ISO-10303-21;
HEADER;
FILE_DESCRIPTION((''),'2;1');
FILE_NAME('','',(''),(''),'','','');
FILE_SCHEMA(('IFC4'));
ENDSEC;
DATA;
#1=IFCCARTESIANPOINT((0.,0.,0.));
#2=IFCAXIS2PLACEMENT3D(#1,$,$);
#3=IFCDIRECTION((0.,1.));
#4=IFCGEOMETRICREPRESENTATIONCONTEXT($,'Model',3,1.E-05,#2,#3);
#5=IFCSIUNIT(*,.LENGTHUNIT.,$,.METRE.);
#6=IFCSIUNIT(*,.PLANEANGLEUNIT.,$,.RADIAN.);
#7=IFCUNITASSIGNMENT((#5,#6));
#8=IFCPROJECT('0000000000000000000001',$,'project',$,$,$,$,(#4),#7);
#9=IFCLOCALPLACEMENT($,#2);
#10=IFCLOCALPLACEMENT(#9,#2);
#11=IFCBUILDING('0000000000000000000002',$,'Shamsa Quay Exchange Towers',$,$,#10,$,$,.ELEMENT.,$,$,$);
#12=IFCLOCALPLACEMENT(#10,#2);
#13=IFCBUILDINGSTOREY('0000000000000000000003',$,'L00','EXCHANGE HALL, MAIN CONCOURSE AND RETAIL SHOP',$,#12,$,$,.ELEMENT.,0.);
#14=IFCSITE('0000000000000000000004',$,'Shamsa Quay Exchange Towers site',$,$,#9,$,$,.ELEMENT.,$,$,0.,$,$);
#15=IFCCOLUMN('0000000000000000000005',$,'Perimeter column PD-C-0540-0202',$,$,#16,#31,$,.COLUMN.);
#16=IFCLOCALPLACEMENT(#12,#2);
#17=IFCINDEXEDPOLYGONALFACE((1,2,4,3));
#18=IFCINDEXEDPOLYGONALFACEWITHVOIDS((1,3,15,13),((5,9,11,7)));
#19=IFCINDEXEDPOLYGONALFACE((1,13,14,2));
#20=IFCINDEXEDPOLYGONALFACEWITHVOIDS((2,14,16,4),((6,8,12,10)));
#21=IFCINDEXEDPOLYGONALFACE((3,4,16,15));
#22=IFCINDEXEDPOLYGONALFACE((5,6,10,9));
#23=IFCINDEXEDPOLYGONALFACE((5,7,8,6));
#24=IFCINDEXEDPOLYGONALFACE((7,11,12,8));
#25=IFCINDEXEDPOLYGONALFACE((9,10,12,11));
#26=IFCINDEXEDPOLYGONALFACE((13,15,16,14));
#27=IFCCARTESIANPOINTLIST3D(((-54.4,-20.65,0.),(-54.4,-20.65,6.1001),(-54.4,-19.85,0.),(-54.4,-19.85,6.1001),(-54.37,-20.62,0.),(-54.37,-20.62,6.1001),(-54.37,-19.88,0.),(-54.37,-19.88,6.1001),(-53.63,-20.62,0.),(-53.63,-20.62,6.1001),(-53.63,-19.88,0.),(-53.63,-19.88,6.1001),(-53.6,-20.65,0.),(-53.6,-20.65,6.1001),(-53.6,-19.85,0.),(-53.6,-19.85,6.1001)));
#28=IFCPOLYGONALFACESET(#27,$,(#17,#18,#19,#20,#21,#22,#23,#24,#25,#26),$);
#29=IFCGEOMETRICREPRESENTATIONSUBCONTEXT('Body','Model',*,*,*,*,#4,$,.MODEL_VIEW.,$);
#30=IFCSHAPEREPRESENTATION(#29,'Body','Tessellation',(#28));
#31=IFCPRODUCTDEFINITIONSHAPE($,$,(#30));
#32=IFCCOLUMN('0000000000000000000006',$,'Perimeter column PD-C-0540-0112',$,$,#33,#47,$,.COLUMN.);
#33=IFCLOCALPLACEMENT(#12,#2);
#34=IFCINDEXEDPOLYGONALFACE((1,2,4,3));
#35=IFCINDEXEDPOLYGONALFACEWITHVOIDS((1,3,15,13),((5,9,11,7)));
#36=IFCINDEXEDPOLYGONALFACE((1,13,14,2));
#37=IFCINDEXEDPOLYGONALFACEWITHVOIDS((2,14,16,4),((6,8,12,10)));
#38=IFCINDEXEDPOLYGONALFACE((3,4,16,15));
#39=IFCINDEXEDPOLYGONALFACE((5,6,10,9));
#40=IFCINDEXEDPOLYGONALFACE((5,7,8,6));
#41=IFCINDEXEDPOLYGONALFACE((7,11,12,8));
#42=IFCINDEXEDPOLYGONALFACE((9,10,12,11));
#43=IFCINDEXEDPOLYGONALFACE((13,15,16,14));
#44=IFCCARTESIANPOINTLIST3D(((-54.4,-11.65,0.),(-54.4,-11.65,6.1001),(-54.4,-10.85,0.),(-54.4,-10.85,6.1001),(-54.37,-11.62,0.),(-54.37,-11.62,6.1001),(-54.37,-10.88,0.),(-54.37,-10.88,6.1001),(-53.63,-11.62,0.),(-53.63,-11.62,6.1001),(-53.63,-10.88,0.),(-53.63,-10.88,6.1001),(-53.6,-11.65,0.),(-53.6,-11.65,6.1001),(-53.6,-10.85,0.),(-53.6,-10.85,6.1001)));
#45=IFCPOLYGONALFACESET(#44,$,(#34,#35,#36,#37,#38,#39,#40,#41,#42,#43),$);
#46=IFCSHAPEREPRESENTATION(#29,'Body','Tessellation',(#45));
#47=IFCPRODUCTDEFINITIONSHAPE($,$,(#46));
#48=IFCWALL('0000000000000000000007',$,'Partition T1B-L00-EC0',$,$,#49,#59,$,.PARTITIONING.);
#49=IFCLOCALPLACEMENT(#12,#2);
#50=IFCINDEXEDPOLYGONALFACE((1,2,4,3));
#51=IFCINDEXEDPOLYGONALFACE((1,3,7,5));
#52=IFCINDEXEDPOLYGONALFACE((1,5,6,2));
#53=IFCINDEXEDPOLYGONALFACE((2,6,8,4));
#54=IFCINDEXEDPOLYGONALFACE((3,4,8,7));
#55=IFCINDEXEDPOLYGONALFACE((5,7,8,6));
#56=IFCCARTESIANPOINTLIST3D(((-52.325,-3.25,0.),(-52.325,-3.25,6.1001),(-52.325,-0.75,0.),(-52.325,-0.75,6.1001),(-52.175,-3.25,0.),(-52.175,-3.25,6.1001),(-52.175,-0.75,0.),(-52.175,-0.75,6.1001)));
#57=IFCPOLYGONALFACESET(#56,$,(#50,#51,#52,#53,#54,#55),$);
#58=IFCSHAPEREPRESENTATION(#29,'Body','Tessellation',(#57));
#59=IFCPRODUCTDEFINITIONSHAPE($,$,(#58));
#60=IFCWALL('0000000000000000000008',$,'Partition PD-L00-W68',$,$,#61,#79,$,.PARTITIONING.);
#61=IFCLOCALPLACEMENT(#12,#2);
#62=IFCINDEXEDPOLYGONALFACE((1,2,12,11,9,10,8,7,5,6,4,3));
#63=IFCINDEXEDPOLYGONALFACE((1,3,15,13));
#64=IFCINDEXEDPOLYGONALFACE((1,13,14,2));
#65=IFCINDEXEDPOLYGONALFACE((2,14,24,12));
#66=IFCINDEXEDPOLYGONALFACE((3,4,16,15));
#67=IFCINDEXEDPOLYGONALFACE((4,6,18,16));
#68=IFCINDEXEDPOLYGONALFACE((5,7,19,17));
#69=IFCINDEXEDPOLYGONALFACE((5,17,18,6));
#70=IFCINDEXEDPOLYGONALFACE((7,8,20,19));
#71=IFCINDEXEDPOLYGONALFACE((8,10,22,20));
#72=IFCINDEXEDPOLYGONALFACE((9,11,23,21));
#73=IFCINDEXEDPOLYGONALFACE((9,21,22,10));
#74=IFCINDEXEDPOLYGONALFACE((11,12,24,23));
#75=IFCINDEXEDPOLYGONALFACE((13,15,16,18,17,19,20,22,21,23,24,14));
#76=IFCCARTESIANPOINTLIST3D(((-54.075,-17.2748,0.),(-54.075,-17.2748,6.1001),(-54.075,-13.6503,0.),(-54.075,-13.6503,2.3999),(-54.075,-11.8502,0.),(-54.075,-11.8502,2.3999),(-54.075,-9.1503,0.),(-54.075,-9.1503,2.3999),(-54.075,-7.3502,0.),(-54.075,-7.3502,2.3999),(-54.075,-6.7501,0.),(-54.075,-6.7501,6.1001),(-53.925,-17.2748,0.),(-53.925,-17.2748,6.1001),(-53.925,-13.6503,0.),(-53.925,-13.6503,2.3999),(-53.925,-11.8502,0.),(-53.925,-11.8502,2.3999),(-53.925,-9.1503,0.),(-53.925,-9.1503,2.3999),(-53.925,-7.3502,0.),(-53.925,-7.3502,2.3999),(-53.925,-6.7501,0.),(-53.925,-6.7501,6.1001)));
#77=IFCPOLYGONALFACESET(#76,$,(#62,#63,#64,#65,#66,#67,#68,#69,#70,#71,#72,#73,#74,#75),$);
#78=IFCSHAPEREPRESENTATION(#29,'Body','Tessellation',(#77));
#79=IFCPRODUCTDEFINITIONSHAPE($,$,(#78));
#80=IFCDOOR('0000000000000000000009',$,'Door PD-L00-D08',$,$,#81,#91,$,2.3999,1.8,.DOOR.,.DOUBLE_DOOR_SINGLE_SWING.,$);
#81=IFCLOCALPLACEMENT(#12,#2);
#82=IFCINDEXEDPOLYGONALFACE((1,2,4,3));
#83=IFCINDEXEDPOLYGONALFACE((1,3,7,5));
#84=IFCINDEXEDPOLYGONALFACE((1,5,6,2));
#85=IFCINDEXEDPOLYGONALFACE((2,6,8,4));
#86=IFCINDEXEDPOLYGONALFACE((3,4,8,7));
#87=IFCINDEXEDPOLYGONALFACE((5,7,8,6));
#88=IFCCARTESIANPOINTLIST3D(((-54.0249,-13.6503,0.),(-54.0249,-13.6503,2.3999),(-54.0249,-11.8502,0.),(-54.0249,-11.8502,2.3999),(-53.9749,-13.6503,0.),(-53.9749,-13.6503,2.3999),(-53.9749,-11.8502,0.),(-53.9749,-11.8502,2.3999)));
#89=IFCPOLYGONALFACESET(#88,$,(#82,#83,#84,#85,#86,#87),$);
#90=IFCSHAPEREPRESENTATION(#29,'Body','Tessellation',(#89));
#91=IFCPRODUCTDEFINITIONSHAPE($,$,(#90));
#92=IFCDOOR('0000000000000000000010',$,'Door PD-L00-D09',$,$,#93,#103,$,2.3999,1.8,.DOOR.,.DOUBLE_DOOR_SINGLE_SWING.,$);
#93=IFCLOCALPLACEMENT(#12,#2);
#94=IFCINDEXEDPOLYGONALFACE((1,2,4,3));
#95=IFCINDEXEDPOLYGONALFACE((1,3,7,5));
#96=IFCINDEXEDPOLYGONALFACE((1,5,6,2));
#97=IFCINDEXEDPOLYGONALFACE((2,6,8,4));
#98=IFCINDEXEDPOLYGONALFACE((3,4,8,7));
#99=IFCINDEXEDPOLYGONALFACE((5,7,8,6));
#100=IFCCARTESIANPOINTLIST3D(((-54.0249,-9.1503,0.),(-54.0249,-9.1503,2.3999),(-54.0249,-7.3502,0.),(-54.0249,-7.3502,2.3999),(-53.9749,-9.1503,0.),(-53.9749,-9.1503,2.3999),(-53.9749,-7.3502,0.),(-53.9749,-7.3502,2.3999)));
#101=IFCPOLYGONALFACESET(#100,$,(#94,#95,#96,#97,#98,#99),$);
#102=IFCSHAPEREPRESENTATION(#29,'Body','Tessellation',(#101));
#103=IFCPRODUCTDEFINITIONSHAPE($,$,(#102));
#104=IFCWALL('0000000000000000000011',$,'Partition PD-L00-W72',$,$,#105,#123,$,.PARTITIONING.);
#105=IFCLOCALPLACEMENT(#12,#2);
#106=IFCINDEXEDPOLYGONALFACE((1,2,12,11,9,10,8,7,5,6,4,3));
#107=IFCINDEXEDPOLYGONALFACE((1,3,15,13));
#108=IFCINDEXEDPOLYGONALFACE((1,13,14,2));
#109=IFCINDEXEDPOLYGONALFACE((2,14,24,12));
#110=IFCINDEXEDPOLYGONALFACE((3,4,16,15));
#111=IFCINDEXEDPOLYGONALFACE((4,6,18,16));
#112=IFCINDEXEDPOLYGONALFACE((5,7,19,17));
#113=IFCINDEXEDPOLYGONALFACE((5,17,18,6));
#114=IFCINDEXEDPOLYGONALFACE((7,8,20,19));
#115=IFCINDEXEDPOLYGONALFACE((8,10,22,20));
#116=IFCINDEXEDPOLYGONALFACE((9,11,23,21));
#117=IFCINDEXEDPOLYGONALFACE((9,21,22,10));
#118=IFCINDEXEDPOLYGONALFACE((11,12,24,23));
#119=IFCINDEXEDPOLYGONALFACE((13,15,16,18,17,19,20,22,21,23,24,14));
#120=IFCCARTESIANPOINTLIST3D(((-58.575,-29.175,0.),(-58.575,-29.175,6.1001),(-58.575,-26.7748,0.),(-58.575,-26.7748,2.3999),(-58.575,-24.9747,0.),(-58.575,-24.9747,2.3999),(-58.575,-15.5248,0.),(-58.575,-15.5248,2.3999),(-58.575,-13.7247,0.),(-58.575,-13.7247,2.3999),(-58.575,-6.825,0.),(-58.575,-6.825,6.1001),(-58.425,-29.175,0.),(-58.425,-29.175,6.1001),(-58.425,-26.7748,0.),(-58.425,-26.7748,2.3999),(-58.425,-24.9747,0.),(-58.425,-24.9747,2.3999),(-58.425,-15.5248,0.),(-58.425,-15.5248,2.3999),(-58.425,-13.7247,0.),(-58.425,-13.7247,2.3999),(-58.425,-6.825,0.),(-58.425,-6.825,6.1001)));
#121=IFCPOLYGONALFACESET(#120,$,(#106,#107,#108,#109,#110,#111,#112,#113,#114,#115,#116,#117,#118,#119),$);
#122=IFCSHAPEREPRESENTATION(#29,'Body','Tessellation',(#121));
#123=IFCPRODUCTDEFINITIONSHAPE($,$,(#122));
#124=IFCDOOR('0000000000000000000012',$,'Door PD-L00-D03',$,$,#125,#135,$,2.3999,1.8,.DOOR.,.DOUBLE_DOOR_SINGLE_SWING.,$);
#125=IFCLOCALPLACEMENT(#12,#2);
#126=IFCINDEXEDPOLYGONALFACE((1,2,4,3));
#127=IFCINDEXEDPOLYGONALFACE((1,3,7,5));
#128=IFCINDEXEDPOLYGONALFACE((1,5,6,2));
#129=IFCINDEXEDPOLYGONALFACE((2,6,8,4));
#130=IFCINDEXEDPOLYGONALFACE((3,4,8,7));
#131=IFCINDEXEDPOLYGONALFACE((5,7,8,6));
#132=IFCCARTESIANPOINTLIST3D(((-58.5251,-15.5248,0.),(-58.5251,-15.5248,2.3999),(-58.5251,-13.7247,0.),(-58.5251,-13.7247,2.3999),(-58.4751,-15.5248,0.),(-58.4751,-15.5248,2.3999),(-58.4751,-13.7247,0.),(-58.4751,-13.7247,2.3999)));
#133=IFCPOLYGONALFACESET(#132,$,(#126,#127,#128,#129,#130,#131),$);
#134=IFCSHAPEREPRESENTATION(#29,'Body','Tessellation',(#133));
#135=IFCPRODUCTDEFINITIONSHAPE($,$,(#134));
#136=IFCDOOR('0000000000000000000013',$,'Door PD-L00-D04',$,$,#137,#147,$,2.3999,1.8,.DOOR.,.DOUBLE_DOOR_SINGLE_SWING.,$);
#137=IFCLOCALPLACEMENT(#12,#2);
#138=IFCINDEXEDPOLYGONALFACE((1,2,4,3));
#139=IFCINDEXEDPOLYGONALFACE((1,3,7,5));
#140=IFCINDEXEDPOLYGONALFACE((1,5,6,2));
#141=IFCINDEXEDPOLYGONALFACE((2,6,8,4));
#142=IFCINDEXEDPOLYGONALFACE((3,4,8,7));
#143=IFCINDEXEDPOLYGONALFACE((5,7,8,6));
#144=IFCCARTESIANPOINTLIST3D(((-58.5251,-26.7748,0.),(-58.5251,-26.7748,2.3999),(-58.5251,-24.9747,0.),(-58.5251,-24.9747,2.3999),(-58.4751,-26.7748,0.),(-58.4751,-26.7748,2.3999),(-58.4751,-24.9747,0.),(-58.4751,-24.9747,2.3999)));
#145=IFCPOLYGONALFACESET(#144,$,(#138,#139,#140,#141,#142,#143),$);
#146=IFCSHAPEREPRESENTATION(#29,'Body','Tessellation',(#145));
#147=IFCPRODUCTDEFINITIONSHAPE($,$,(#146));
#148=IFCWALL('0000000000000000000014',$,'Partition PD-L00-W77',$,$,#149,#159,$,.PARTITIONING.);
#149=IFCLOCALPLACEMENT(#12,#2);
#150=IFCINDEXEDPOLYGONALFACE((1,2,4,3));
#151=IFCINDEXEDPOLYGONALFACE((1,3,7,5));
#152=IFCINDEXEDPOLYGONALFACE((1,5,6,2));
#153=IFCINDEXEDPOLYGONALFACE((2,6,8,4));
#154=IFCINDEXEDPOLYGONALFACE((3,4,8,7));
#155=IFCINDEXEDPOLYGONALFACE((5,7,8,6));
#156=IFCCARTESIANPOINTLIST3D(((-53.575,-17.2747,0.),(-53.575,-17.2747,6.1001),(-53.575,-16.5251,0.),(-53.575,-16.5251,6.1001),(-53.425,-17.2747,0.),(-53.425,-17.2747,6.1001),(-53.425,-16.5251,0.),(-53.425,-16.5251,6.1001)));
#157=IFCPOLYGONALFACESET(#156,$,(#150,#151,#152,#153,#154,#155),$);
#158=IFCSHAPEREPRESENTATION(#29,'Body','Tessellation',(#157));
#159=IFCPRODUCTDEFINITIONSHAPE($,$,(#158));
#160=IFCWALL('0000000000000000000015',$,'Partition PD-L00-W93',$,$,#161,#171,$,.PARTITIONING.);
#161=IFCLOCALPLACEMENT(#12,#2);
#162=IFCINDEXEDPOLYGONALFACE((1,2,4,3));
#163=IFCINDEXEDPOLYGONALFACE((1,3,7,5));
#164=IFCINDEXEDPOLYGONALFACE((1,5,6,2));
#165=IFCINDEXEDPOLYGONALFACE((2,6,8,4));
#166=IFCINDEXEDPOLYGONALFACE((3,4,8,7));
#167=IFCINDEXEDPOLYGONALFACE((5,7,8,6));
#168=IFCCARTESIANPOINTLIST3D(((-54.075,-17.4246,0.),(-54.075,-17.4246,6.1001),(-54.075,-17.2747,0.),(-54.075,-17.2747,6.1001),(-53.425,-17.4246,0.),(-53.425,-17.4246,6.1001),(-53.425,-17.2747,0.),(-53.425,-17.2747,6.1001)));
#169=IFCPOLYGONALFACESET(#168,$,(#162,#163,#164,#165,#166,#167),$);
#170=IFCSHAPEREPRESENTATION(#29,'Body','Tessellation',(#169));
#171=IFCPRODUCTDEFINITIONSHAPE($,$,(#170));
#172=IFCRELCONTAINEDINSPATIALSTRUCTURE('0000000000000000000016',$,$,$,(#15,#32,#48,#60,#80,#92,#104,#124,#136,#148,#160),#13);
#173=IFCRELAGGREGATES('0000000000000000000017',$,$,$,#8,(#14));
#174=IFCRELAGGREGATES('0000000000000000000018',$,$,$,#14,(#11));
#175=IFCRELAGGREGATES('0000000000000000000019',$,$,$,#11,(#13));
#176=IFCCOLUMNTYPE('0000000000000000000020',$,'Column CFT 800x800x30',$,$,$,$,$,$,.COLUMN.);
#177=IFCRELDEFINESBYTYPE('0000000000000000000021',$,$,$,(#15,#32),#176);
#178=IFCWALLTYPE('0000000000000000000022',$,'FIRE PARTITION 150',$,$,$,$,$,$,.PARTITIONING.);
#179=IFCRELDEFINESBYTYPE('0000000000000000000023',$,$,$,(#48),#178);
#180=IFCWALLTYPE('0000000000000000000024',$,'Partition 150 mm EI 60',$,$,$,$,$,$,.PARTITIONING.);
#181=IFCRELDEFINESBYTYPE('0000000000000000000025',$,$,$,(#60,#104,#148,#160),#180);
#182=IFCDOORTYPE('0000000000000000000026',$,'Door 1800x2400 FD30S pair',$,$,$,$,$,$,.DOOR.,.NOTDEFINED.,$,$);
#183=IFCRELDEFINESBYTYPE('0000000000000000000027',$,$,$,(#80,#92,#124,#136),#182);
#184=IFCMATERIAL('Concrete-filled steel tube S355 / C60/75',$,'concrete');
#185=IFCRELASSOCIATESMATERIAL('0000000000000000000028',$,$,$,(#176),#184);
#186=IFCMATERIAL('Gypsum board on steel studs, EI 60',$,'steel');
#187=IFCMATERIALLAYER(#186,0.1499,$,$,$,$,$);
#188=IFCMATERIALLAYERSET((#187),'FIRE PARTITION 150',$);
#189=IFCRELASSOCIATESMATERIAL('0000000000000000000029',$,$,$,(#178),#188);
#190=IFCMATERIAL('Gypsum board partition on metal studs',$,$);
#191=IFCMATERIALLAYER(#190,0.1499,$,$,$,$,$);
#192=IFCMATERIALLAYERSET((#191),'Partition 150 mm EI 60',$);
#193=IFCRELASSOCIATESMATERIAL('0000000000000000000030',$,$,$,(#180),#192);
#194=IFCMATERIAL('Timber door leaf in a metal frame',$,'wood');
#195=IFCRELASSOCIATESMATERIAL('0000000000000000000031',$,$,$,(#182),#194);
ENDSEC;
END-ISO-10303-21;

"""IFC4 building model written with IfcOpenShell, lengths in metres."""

from ifc_helpers import new_model, si_unit, direction, frame, frame_2d, origin, origin_2d, place, context, subcontext, project, spatial, rectangle, hollow_rectangle, extrude, material, layer, layer_set, material_profile, profile_set, type_object, element, fill, save


model = new_model("IFC4")

# Units and contexts
model_context = context("Model", 3, precision=1e-05, world=origin(), true_north=direction((0.0, 1.0)))
body_context = subcontext(model_context, "Body", "Model", "MODEL_VIEW")
ifc_project = project(units=[si_unit("LENGTHUNIT", "METRE"), si_unit("PLANEANGLEUNIT", "RADIAN")], contexts=[model_context])

# Site, building, storey
site_placement = place(None, origin())
site = spatial("IfcSite", under=ifc_project, at=site_placement, Name="Shamsa Quay Exchange Towers site", CompositionType="ELEMENT", RefElevation=0.0)
building_placement = place(site_placement, origin())
building = spatial("IfcBuilding", under=site, at=building_placement, Name="Shamsa Quay Exchange Towers", CompositionType="ELEMENT")
storey_placement = place(building_placement, origin())
storey = spatial("IfcBuildingStorey", under=building, at=storey_placement, Name="L00", Description="EXCHANGE HALL, MAIN CONCOURSE AND RETAIL SHOP", CompositionType="ELEMENT", Elevation=0.0)

# Columns
ifc_material_1 = material(Name="Concrete-filled steel tube S355 / C60/75", Category="concrete")
ifc_material_profile_1 = material_profile(ifc_material_1, hollow_rectangle(XDim=0.8, YDim=0.8, WallThickness=0.03, at=origin_2d()), Name="CFT 800x800x30")
ifc_profile_set_1 = profile_set([ifc_material_profile_1], Name="Concrete-filled steel tube S355 / C60/75")
column_type_1 = type_object("IfcColumnType", Name="Column CFT 800x800x30", PredefinedType="COLUMN", material=ifc_profile_set_1)
for number, where, name in (
    (1, (-54.0, -20.25, 0.0), "Perimeter column PD-C-0540-0202"),
    (2, (-54.0, -11.25, 0.0), "Perimeter column PD-C-0540-0112"),
):
    element("IfcColumn", number, at=place(storey_placement, frame(where)), inside=storey, type_object=column_type_1, Name=name, PredefinedType="COLUMN", context=body_context, shape_type="SweptSolid", body=[
        extrude(hollow_rectangle(XDim=0.8, YDim=0.8, WallThickness=0.03, at=origin_2d()), origin(), (0.0, 0.0, 1.0), 6.1001),
    ])

# Wall
ifc_material_2 = material(Name="Gypsum board on steel studs, EI 60", Category="steel")
ifc_layer_1 = layer(ifc_material_2, 0.1499)
ifc_layer_set_1 = layer_set([ifc_layer_1], Name="FIRE PARTITION 150")
wall_type_1 = type_object("IfcWallType", Name="FIRE PARTITION 150", PredefinedType="PARTITIONING", material=ifc_layer_set_1)
wall_1_placement = place(storey_placement, frame((-52.25, -3.25, 0.0), z_axis=(0.0, 0.0, 1.0), x_axis=(0.0, 1.0, 0.0)))
element("IfcWall", 3, at=wall_1_placement, inside=storey, type_object=wall_type_1, Name="Partition T1B-L00-EC0", PredefinedType="PARTITIONING", context=body_context, shape_type="SweptSolid", body=[
    extrude(rectangle(XDim=2.5, YDim=0.1499, at=frame_2d((1.25, 0.0))), origin(), (0.0, 0.0, 1.0), 6.1001),
])

# Walls, openings, doors
ifc_material_3 = material(Name="Gypsum board partition on metal studs")
ifc_layer_2 = layer(ifc_material_3, 0.1499)
ifc_layer_set_2 = layer_set([ifc_layer_2], Name="Partition 150 mm EI 60")
wall_type_2 = type_object("IfcWallType", Name="Partition 150 mm EI 60", PredefinedType="PARTITIONING", material=ifc_layer_set_2)
wall_2_placement = place(storey_placement, frame((-54.0, -17.2747, 0.0), z_axis=(0.0, 0.0, 1.0), x_axis=(0.0, 1.0, 0.0)))
wall_2 = element("IfcWall", 4, at=wall_2_placement, inside=storey, type_object=wall_type_2, Name="Partition PD-L00-W68", PredefinedType="PARTITIONING", context=body_context, shape_type="SweptSolid", body=[
    extrude(rectangle(XDim=10.5247, YDim=0.1499, at=frame_2d((5.2622, 0.0))), origin(), (0.0, 0.0, 1.0), 6.1001),
])
opening_1_placement = place(wall_2_placement, frame((3.6245, 0.0, 0.0)))
opening_1 = element("IfcOpeningElement", 5, at=opening_1_placement, cuts=wall_2, PredefinedType="OPENING", context=body_context, shape_type="SweptSolid", body=[
    extrude(rectangle(XDim=1.8, YDim=2.3999, at=frame_2d((0.8999, 1.2))), frame((0.0, 0.085, 0.0), z_axis=(0.0, -1.0, 0.0), x_axis=(1.0, 0.0, 0.0)), (0.0, 0.0, 1.0), 0.1699),
])
opening_2_placement = place(wall_2_placement, frame((8.1245, 0.0, 0.0)))
opening_2 = element("IfcOpeningElement", 6, at=opening_2_placement, cuts=wall_2, PredefinedType="OPENING", context=body_context, shape_type="SweptSolid", body=[
    extrude(rectangle(XDim=1.8, YDim=2.3999, at=frame_2d((0.8999, 1.2))), frame((0.0, 0.085, 0.0), z_axis=(0.0, -1.0, 0.0), x_axis=(1.0, 0.0, 0.0)), (0.0, 0.0, 1.0), 0.1699),
])
ifc_material_4 = material(Name="Timber door leaf in a metal frame", Category="wood")
door_type_1 = type_object("IfcDoorType", Name="Door 1800x2400 FD30S pair", OperationType="NOTDEFINED", PredefinedType="DOOR", material=ifc_material_4)
door_1_placement = place(opening_1_placement, origin())
door_1 = element("IfcDoor", 7, at=door_1_placement, inside=storey, type_object=door_type_1, Name="Door PD-L00-D08", OperationType="DOUBLE_DOOR_SINGLE_SWING", OverallHeight=2.3999, OverallWidth=1.8, PredefinedType="DOOR", context=body_context, shape_type="SweptSolid", body=[
    extrude(rectangle(XDim=1.8, YDim=2.3999, at=frame_2d((0.8999, 1.2))), frame((0.0, 0.0249, 0.0), z_axis=(0.0, -1.0, 0.0), x_axis=(1.0, 0.0, 0.0)), (0.0, 0.0, 1.0), 0.05),
])
fill(opening_1, door_1)
door_2_placement = place(opening_2_placement, origin())
door_2 = element("IfcDoor", 8, at=door_2_placement, inside=storey, type_object=door_type_1, Name="Door PD-L00-D09", OperationType="DOUBLE_DOOR_SINGLE_SWING", OverallHeight=2.3999, OverallWidth=1.8, PredefinedType="DOOR", context=body_context, shape_type="SweptSolid", body=[
    extrude(rectangle(XDim=1.8, YDim=2.3999, at=frame_2d((0.8999, 1.2))), frame((0.0, 0.0249, 0.0), z_axis=(0.0, -1.0, 0.0), x_axis=(1.0, 0.0, 0.0)), (0.0, 0.0, 1.0), 0.05),
])
fill(opening_2, door_2)
wall_3_placement = place(storey_placement, frame((-58.5, -6.825, 0.0), z_axis=(0.0, 0.0, 1.0), x_axis=(0.0, -1.0, 0.0)))
wall_3 = element("IfcWall", 9, at=wall_3_placement, inside=storey, type_object=wall_type_2, Name="Partition PD-L00-W72", PredefinedType="PARTITIONING", context=body_context, shape_type="SweptSolid", body=[
    extrude(rectangle(XDim=22.3501, YDim=0.1499, at=frame_2d((11.175, 0.0))), origin(), (0.0, 0.0, 1.0), 6.1001),
])
opening_3_placement = place(wall_3_placement, frame((6.8999, 0.0, 0.0)))
opening_3 = element("IfcOpeningElement", 10, at=opening_3_placement, cuts=wall_3, PredefinedType="OPENING", context=body_context, shape_type="SweptSolid", body=[
    extrude(rectangle(XDim=1.8, YDim=2.3999, at=frame_2d((0.8999, 1.2))), frame((0.0, 0.085, 0.0), z_axis=(0.0, -1.0, 0.0), x_axis=(1.0, 0.0, 0.0)), (0.0, 0.0, 1.0), 0.1699),
])
opening_4_placement = place(wall_3_placement, frame((18.1499, 0.0, 0.0)))
opening_4 = element("IfcOpeningElement", 11, at=opening_4_placement, cuts=wall_3, PredefinedType="OPENING", context=body_context, shape_type="SweptSolid", body=[
    extrude(rectangle(XDim=1.8, YDim=2.3999, at=frame_2d((0.8999, 1.2))), frame((0.0, 0.085, 0.0), z_axis=(0.0, -1.0, 0.0), x_axis=(1.0, 0.0, 0.0)), (0.0, 0.0, 1.0), 0.1699),
])
door_3_placement = place(opening_3_placement, origin())
door_3 = element("IfcDoor", 12, at=door_3_placement, inside=storey, type_object=door_type_1, Name="Door PD-L00-D03", OperationType="DOUBLE_DOOR_SINGLE_SWING", OverallHeight=2.3999, OverallWidth=1.8, PredefinedType="DOOR", context=body_context, shape_type="SweptSolid", body=[
    extrude(rectangle(XDim=1.8, YDim=2.3999, at=frame_2d((0.8999, 1.2))), frame((0.0, 0.0249, 0.0), z_axis=(0.0, -1.0, 0.0), x_axis=(1.0, 0.0, 0.0)), (0.0, 0.0, 1.0), 0.05),
])
fill(opening_3, door_3)
door_4_placement = place(opening_4_placement, origin())
door_4 = element("IfcDoor", 13, at=door_4_placement, inside=storey, type_object=door_type_1, Name="Door PD-L00-D04", OperationType="DOUBLE_DOOR_SINGLE_SWING", OverallHeight=2.3999, OverallWidth=1.8, PredefinedType="DOOR", context=body_context, shape_type="SweptSolid", body=[
    extrude(rectangle(XDim=1.8, YDim=2.3999, at=frame_2d((0.8999, 1.2))), frame((0.0, 0.0249, 0.0), z_axis=(0.0, -1.0, 0.0), x_axis=(1.0, 0.0, 0.0)), (0.0, 0.0, 1.0), 0.05),
])
fill(opening_4, door_4)

# Walls
wall_4_placement = place(storey_placement, frame((-53.5, -16.5251, 0.0), z_axis=(0.0, 0.0, 1.0), x_axis=(0.0, -1.0, 0.0)))
element("IfcWall", 14, at=wall_4_placement, inside=storey, type_object=wall_type_2, Name="Partition PD-L00-W77", PredefinedType="PARTITIONING", context=body_context, shape_type="SweptSolid", body=[
    extrude(rectangle(XDim=0.7495, YDim=0.1499, at=frame_2d((0.3748, 0.0))), origin(), (0.0, 0.0, 1.0), 6.1001),
])
wall_5_placement = place(storey_placement, frame((-53.425, -17.3496, 0.0), z_axis=(0.0, 0.0, 1.0), x_axis=(-1.0, 0.0, 0.0)))
element("IfcWall", 15, at=wall_5_placement, inside=storey, type_object=wall_type_2, Name="Partition PD-L00-W93", PredefinedType="PARTITIONING", context=body_context, shape_type="SweptSolid", body=[
    extrude(rectangle(XDim=0.6499, YDim=0.1499, at=frame_2d((0.325, 0.0))), origin(), (0.0, 0.0, 1.0), 6.1001),
])

save(model, "model.ifc")
